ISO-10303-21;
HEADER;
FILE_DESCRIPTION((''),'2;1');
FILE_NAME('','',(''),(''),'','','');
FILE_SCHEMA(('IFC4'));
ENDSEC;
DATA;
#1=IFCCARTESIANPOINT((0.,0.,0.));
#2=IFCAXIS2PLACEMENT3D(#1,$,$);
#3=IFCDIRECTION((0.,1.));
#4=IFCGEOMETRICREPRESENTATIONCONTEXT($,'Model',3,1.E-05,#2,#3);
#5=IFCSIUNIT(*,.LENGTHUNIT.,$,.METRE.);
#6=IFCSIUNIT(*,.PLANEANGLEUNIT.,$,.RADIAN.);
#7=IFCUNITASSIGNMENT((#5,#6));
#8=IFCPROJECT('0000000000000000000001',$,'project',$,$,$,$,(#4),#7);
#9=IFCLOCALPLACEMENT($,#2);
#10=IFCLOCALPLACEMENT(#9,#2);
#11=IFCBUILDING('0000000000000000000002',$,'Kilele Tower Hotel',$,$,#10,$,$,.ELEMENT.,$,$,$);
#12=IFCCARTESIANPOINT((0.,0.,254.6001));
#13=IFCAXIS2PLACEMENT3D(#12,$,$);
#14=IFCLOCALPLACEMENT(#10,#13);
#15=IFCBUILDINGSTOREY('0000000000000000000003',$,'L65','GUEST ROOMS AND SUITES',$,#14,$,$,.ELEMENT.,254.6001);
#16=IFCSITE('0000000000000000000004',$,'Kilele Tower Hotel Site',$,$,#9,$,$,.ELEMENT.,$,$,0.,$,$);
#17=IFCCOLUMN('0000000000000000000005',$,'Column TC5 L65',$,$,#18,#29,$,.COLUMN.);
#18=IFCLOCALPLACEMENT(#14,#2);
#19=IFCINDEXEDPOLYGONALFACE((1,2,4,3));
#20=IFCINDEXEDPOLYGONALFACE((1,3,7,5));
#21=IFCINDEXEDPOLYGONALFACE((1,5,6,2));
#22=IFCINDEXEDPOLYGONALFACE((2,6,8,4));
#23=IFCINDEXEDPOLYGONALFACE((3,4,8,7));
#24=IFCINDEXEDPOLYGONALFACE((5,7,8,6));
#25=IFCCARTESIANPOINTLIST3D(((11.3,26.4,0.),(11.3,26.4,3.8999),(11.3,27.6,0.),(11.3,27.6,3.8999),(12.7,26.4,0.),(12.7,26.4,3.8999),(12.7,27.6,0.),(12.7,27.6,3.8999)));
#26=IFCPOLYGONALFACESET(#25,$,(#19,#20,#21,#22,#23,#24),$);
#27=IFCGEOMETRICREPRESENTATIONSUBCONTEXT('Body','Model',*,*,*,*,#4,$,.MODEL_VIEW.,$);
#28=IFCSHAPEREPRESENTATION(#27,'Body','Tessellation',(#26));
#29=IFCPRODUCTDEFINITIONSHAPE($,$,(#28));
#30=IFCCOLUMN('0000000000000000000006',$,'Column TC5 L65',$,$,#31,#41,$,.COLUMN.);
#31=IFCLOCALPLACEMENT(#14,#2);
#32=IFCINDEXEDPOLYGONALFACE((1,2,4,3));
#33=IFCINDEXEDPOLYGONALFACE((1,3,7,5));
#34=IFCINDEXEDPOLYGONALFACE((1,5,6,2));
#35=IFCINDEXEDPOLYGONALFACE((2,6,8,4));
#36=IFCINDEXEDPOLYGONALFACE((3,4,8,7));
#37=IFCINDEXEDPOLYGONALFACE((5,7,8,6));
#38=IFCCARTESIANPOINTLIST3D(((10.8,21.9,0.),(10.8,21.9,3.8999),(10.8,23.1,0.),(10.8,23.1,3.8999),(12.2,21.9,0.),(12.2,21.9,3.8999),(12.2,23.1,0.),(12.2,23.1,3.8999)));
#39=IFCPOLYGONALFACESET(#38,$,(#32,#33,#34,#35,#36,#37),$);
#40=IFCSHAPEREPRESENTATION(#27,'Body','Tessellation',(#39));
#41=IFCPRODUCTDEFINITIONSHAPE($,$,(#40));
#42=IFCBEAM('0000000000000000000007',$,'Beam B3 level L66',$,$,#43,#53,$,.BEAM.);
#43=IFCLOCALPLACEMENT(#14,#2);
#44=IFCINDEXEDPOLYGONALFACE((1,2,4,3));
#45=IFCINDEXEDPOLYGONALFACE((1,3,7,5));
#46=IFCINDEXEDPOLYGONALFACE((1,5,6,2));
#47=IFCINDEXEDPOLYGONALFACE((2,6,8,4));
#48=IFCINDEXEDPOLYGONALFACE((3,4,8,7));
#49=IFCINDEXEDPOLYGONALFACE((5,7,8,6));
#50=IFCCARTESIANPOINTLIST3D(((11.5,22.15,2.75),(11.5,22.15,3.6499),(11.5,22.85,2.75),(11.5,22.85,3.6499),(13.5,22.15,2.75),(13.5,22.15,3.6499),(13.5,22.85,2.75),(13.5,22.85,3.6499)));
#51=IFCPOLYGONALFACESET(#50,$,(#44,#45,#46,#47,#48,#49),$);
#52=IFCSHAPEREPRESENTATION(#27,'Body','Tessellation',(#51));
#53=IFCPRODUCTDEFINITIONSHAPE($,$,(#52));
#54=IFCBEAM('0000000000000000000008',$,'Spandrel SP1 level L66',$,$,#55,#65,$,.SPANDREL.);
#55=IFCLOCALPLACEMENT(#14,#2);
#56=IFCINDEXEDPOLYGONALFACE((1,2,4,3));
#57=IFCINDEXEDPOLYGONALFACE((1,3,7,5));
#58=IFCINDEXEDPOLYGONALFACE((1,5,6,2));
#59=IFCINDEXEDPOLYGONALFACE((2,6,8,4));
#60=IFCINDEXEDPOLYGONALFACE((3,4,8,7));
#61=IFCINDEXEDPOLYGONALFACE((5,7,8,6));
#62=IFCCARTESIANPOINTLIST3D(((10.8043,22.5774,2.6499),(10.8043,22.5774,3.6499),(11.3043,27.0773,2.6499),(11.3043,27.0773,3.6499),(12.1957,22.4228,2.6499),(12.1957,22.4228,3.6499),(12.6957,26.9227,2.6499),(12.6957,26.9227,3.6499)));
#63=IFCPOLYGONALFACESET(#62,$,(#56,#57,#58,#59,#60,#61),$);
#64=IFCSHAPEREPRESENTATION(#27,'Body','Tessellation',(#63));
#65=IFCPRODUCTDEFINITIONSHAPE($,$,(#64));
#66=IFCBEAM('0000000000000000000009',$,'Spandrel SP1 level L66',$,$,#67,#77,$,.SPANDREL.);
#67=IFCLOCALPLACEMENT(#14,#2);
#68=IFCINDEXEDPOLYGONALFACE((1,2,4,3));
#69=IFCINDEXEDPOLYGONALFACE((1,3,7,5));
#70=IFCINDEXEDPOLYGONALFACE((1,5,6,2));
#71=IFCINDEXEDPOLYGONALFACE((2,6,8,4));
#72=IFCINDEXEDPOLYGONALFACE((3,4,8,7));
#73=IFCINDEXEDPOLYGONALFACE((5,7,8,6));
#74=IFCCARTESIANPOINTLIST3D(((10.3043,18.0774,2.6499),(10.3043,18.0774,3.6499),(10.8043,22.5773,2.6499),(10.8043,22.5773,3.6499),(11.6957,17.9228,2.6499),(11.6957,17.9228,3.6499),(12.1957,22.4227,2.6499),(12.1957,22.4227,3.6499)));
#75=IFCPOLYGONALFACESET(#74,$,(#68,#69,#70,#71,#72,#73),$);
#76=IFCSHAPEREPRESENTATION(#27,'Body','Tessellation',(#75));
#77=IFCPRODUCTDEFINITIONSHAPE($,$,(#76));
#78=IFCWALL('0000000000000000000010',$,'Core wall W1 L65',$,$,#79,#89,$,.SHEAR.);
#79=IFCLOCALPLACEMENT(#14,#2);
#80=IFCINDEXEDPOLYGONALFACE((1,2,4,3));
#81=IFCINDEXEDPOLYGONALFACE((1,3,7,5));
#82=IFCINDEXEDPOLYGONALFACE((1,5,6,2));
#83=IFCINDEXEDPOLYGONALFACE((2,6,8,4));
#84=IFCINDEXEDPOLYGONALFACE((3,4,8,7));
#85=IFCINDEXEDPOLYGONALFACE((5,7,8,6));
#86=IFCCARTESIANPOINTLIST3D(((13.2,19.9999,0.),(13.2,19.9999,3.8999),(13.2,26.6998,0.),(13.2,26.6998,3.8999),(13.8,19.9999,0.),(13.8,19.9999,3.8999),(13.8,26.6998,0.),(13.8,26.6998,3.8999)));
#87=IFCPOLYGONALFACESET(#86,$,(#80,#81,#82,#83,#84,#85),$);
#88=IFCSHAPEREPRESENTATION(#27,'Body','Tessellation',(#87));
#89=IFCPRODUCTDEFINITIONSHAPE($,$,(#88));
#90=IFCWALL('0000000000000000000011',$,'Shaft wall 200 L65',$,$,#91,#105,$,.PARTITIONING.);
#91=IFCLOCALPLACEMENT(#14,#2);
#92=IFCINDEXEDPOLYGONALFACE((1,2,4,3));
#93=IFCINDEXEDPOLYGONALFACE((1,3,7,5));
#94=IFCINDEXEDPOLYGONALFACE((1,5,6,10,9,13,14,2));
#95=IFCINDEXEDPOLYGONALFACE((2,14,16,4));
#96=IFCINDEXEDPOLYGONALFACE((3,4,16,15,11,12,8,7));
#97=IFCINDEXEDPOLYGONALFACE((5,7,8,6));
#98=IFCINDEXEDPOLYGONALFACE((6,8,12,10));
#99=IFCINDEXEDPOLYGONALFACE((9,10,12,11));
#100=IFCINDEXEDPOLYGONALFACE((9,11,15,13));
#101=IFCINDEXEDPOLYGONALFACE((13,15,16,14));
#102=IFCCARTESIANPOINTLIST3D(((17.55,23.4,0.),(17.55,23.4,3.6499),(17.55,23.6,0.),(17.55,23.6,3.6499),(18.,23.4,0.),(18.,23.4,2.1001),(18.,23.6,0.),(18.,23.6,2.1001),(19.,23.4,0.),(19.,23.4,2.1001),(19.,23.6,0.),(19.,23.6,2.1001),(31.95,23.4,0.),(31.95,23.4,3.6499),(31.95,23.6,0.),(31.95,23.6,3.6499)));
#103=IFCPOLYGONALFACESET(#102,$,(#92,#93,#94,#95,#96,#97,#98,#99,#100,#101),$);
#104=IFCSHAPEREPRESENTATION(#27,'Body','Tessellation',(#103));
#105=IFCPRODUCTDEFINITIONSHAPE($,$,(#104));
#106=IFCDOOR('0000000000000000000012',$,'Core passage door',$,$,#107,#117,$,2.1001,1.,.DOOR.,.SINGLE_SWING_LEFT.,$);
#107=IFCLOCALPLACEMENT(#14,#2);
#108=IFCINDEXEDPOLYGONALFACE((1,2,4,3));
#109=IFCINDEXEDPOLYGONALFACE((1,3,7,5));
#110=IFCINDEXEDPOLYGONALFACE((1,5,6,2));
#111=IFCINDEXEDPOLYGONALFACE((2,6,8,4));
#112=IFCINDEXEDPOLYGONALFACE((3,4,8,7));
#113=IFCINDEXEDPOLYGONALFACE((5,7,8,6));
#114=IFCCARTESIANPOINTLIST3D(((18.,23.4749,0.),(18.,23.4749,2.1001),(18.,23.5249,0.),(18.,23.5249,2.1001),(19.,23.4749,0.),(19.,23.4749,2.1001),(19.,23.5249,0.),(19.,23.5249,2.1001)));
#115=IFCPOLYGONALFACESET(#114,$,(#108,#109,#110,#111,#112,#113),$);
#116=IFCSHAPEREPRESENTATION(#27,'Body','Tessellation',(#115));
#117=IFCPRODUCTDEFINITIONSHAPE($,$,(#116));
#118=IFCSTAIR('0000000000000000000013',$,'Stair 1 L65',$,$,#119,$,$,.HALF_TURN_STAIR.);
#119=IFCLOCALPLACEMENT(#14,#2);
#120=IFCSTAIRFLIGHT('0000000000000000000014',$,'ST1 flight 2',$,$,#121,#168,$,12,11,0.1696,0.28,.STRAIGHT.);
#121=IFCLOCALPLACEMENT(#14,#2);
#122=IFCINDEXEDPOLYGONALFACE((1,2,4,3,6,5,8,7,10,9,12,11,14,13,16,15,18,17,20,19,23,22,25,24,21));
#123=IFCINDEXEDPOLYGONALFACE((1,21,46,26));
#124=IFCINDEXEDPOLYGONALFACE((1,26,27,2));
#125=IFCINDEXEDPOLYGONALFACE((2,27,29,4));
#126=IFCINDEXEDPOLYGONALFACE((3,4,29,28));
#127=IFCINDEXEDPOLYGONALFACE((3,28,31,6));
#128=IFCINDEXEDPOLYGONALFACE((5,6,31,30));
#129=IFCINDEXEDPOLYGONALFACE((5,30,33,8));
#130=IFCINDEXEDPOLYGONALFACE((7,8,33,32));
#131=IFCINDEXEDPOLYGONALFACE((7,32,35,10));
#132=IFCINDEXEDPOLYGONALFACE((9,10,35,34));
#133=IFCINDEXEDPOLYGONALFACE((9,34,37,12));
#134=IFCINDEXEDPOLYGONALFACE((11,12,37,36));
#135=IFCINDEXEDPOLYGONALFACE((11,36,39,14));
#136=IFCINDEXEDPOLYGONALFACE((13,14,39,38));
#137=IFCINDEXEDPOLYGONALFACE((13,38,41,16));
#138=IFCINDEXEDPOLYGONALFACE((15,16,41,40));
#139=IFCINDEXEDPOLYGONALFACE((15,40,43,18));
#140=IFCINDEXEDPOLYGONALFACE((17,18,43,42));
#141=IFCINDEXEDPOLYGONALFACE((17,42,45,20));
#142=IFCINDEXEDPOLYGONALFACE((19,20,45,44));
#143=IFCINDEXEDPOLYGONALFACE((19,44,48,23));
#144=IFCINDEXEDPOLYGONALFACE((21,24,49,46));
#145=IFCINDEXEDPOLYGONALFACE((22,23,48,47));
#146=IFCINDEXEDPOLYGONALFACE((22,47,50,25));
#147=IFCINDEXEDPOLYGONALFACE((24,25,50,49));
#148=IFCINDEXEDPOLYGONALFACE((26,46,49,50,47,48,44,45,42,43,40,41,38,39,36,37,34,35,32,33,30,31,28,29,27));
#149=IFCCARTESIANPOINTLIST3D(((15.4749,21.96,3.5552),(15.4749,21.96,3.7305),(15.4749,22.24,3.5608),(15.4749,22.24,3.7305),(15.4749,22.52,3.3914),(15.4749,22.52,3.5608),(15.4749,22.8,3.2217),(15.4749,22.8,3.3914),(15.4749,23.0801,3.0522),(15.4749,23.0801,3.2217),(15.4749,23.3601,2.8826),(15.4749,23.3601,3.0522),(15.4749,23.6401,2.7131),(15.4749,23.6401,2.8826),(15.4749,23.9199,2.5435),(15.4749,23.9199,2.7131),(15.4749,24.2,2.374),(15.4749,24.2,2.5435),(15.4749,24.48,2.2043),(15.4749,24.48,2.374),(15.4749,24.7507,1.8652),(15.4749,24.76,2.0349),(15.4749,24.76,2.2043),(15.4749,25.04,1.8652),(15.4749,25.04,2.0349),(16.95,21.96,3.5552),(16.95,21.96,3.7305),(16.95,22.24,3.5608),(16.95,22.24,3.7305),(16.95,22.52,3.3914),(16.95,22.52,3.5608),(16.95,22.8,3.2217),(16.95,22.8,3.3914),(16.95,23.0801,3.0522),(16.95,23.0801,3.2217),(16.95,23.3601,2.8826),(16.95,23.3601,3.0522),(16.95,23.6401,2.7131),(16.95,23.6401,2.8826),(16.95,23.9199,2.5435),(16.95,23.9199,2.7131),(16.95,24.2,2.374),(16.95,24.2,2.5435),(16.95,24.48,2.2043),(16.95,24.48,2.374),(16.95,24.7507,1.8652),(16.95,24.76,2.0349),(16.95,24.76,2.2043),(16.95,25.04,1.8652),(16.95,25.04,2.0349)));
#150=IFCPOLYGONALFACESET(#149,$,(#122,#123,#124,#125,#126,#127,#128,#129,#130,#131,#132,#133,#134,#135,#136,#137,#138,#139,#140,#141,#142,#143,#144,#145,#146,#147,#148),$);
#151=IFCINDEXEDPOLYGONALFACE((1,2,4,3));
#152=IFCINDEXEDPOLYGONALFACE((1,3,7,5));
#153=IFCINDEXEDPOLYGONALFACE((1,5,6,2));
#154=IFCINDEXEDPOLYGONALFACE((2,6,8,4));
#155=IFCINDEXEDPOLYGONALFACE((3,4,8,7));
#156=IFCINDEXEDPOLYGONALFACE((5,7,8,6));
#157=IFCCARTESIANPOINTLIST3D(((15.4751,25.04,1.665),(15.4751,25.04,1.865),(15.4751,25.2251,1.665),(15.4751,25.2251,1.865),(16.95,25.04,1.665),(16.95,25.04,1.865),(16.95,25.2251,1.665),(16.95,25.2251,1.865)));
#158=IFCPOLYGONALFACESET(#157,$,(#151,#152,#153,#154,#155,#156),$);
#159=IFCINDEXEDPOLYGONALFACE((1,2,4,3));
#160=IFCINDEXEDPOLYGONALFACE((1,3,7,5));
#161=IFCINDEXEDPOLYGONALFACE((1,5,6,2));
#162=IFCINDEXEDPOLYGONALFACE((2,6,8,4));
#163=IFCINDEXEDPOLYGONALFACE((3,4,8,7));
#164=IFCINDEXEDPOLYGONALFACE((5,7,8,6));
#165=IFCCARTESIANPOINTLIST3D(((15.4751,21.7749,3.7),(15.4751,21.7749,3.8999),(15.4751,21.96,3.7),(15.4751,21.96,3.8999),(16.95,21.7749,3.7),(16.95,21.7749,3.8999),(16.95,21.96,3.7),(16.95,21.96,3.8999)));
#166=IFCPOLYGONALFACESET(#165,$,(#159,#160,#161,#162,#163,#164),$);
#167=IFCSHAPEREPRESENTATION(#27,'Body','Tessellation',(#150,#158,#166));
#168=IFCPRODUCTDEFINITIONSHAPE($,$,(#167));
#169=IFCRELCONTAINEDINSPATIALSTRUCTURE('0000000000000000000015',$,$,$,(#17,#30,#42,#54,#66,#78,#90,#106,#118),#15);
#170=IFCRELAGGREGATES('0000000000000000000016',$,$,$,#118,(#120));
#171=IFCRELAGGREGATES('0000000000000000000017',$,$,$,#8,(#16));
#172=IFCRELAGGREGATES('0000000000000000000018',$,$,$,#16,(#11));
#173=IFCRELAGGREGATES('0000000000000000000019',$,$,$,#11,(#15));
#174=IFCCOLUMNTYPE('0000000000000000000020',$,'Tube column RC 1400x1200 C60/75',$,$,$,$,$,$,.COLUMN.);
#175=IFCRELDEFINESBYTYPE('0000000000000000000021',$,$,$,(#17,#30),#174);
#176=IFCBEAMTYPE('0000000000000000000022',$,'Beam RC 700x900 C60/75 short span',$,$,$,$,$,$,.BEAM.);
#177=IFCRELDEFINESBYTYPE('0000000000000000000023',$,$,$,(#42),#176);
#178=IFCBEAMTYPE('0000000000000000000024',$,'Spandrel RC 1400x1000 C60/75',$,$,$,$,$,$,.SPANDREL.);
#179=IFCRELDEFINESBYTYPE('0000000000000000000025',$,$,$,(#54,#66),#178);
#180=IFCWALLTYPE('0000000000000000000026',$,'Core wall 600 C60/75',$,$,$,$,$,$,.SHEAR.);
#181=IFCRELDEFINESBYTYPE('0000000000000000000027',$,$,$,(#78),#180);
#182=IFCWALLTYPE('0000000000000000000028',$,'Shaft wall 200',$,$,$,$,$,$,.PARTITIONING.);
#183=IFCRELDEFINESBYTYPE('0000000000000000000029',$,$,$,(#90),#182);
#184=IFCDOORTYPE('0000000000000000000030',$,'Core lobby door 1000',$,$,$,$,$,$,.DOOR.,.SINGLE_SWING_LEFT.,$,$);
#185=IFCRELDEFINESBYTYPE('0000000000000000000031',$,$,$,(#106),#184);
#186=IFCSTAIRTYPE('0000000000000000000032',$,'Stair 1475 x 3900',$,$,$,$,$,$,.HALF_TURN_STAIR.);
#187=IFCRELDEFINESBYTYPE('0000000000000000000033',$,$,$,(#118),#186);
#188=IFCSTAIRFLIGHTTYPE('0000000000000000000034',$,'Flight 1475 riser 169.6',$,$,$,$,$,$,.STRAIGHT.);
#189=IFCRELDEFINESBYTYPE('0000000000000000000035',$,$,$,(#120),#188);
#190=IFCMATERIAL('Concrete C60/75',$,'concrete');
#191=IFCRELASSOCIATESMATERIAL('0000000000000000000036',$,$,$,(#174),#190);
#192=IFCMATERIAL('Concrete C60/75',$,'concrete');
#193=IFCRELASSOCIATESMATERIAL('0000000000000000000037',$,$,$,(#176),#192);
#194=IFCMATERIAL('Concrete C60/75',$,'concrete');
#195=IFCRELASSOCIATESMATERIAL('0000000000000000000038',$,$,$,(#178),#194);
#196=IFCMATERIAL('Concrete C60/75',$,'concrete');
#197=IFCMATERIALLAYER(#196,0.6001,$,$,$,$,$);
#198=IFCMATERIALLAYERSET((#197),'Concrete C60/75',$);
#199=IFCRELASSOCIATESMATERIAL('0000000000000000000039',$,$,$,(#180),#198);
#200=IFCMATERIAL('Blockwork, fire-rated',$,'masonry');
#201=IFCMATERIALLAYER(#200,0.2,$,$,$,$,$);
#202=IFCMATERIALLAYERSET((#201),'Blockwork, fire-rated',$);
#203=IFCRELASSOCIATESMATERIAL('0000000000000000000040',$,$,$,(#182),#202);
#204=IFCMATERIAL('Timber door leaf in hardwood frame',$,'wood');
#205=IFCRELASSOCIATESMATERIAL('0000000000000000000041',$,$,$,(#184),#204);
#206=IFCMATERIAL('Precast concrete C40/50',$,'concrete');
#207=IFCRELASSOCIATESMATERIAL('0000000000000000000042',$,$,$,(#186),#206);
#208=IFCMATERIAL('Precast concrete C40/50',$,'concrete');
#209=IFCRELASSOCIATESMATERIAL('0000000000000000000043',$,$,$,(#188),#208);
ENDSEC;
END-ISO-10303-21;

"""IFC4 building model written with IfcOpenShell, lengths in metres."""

from ifc_helpers import new_model, si_unit, direction, frame, frame_2d, origin, origin_2d, place, context, subcontext, project, spatial, polyline, rectangle, outline, extrude, material, layer, layer_set, material_profile, profile_set, type_object, element, fill, aggregate, save


model = new_model("IFC4")

# Units and contexts
model_context = context("Model", 3, precision=1e-05, world=origin(), true_north=direction((0.0, 1.0)))
body_context = subcontext(model_context, "Body", "Model", "MODEL_VIEW")
ifc_project = project(units=[si_unit("LENGTHUNIT", "METRE"), si_unit("PLANEANGLEUNIT", "RADIAN")], contexts=[model_context])

# Site, building, storey
site_placement = place(None, origin())
site = spatial("IfcSite", under=ifc_project, at=site_placement, Name="Kilele Tower Hotel Site", CompositionType="ELEMENT", RefElevation=0.0)
building_placement = place(site_placement, origin())
building = spatial("IfcBuilding", under=site, at=building_placement, Name="Kilele Tower Hotel", CompositionType="ELEMENT")
storey_placement = place(building_placement, frame((0.0, 0.0, 254.6001)))
storey = spatial("IfcBuildingStorey", under=building, at=storey_placement, Name="L65", Description="GUEST ROOMS AND SUITES", CompositionType="ELEMENT", Elevation=254.6001)

# Columns
ifc_material_1 = material(Name="Concrete C60/75", Category="concrete")
ifc_material_profile_1 = material_profile(ifc_material_1, rectangle(XDim=1.3999, YDim=1.2, at=origin_2d()))
ifc_profile_set_1 = profile_set([ifc_material_profile_1], Name="Concrete C60/75")
column_type = type_object("IfcColumnType", Name="Tube column RC 1400x1200 C60/75", PredefinedType="COLUMN", material=ifc_profile_set_1)
for number, where, z_axis, x_axis, name in (
    (1, (12.0, 27.0, 0.0), (0.0, 0.0, 1.0), (1.0, 0.0, 0.0), "Column TC5 L65"),
    (2, (11.5, 22.5, 0.0), (0.0, 0.0, 1.0), (1.0, 0.0, 0.0), "Column TC5 L65"),
):
    element("IfcColumn", number, at=place(storey_placement, frame(where, z_axis=z_axis, x_axis=x_axis)), inside=storey, type_object=column_type, Name=name, PredefinedType="COLUMN", context=body_context, shape_type="SweptSolid", body=[
        extrude(rectangle(XDim=1.3999, YDim=1.2, at=origin_2d()), origin(), (0.0, 0.0, 1.0), 3.8999),
    ])

# Beams
ifc_material_2 = material(Name="Concrete C60/75", Category="concrete")
ifc_material_profile_2 = material_profile(ifc_material_2, rectangle(XDim=0.7, YDim=0.8999, at=origin_2d()))
ifc_profile_set_2 = profile_set([ifc_material_profile_2], Name="Concrete C60/75")
beam_type_1 = type_object("IfcBeamType", Name="Beam RC 700x900 C60/75 short span", PredefinedType="BEAM", material=ifc_profile_set_2)
beam_placement = place(storey_placement, frame((11.5, 22.5, 3.2), z_axis=(1.0, 0.0, 0.0), x_axis=(0.0, 1.0, 0.0)))
element("IfcBeam", 3, at=beam_placement, inside=storey, type_object=beam_type_1, Name="Beam B3 level L66", PredefinedType="BEAM", context=body_context, shape_type="SweptSolid", body=[
    extrude(rectangle(XDim=0.7, YDim=0.8999, at=origin_2d()), origin(), (0.0, 0.0, 1.0), 2.0),
])
ifc_material_3 = material(Name="Concrete C60/75", Category="concrete")
ifc_material_profile_3 = material_profile(ifc_material_3, rectangle(XDim=1.3999, YDim=1.0, at=origin_2d()))
ifc_profile_set_3 = profile_set([ifc_material_profile_3], Name="Concrete C60/75")
beam_type_2 = type_object("IfcBeamType", Name="Spandrel RC 1400x1000 C60/75", PredefinedType="SPANDREL", material=ifc_profile_set_3)
for number, where, z_axis, x_axis, name in (
    (4, (12.0, 27.0, 3.1499), (-0.110432, -0.993884, 0.0), (0.993884, -0.110432, 0.0), "Spandrel SP1 level L66"),
    (5, (11.5, 22.5, 3.1499), (-0.110432, -0.993884, 0.0), (0.993884, -0.110432, 0.0), "Spandrel SP1 level L66"),
):
    element("IfcBeam", number, at=place(storey_placement, frame(where, z_axis=z_axis, x_axis=x_axis)), inside=storey, type_object=beam_type_2, Name=name, PredefinedType="SPANDREL", context=body_context, shape_type="SweptSolid", body=[
        extrude(rectangle(XDim=1.3999, YDim=1.0, at=origin_2d()), origin(), (0.0, 0.0, 1.0), 4.5276),
    ])

# Wall
ifc_material_4 = material(Name="Concrete C60/75", Category="concrete")
ifc_layer_1 = layer(ifc_material_4, 0.6001)
ifc_layer_set_1 = layer_set([ifc_layer_1], Name="Concrete C60/75")
wall_type_1 = type_object("IfcWallType", Name="Core wall 600 C60/75", PredefinedType="SHEAR", material=ifc_layer_set_1)
wall_1_placement = place(storey_placement, frame((13.5, 26.7, 0.0), z_axis=(0.0, 0.0, 1.0), x_axis=(0.0, -1.0, 0.0)))
element("IfcWall", 6, at=wall_1_placement, inside=storey, type_object=wall_type_1, Name="Core wall W1 L65", PredefinedType="SHEAR", context=body_context, shape_type="SweptSolid", body=[
    extrude(rectangle(XDim=6.7, YDim=0.6001, at=frame_2d((3.3501, 0.0))), origin(), (0.0, 0.0, 1.0), 3.8999),
])

# Wall, opening, door
ifc_material_5 = material(Name="Blockwork, fire-rated", Category="masonry")
ifc_layer_2 = layer(ifc_material_5, 0.2)
ifc_layer_set_2 = layer_set([ifc_layer_2], Name="Blockwork, fire-rated")
wall_type_2 = type_object("IfcWallType", Name="Shaft wall 200", PredefinedType="PARTITIONING", material=ifc_layer_set_2)
wall_2_placement = place(storey_placement, frame((17.55, 23.5, 0.0), z_axis=(0.0, 0.0, 1.0), x_axis=(1.0, 0.0, 0.0)))
wall_2 = element("IfcWall", 7, at=wall_2_placement, inside=storey, type_object=wall_type_2, Name="Shaft wall 200 L65", PredefinedType="PARTITIONING", context=body_context, shape_type="SweptSolid", body=[
    extrude(rectangle(XDim=14.3999, YDim=0.2, at=frame_2d((7.2, 0.0))), origin(), (0.0, 0.0, 1.0), 3.6499),
])
opening_placement = place(wall_2_placement, frame((0.45, 0.0, 0.0)))
opening = element("IfcOpeningElement", 8, at=opening_placement, cuts=wall_2, PredefinedType="OPENING", context=body_context, shape_type="SweptSolid", body=[
    extrude(rectangle(XDim=1.0, YDim=2.1001, at=frame_2d((0.5, 1.05))), frame((0.0, 0.1099, 0.0), z_axis=(0.0, -1.0, 0.0), x_axis=(1.0, 0.0, 0.0)), (0.0, 0.0, 1.0), 0.22),
])
ifc_material_6 = material(Name="Timber door leaf in hardwood frame", Category="wood")
door_type = type_object("IfcDoorType", Name="Core lobby door 1000", OperationType="SINGLE_SWING_LEFT", PredefinedType="DOOR", material=ifc_material_6)
door_placement = place(opening_placement, origin())
door = element("IfcDoor", 9, at=door_placement, inside=storey, type_object=door_type, Name="Core passage door", OperationType="SINGLE_SWING_LEFT", OverallHeight=2.1001, OverallWidth=1.0, PredefinedType="DOOR", context=body_context, shape_type="SweptSolid", body=[
    extrude(rectangle(XDim=1.0, YDim=2.1001, at=frame_2d((0.5, 1.05))), frame((0.0, 0.0249, 0.0), z_axis=(0.0, -1.0, 0.0), x_axis=(1.0, 0.0, 0.0)), (0.0, 0.0, 1.0), 0.05),
])
fill(opening, door)

# Stair, stair flight
ifc_material_7 = material(Name="Precast concrete C40/50", Category="concrete")
stair_type = type_object("IfcStairType", Name="Stair 1475 x 3900", PredefinedType="HALF_TURN_STAIR", material=ifc_material_7)
stair_placement = place(storey_placement, origin())
stair = element("IfcStair", 10, at=stair_placement, inside=storey, type_object=stair_type, Name="Stair 1 L65", PredefinedType="HALF_TURN_STAIR")
ifc_material_8 = material(Name="Precast concrete C40/50", Category="concrete")
stair_flight_type = type_object("IfcStairFlightType", Name="Flight 1475 riser 169.6", PredefinedType="STRAIGHT", material=ifc_material_8)
stair_flight_placement = place(storey_placement, frame((16.2124, 25.04, 1.8652), z_axis=(0.0, 0.0, 1.0), x_axis=(0.0, -1.0, 0.0)))
stair_flight = element("IfcStairFlight", 11, at=stair_flight_placement, type_object=stair_flight_type, Name="ST1 flight 2", NumberOfRisers=12, NumberOfTreads=11, PredefinedType="STRAIGHT", RiserHeight=0.1696, TreadLength=0.28, context=body_context, shape_type="SweptSolid", body=[
    extrude(outline(polyline([(0.0, 0.0), (0.0, 0.1697), (0.28, 0.1697), (0.28, 0.3391), (0.5601, 0.3391), (0.5601, 0.5088), (0.8401, 0.5088), (0.8401, 0.6782), (1.1201, 0.6782), (1.1201, 0.8479), (1.3999, 0.8479), (1.3999, 1.0173), (1.6799, 1.0173), (1.6799, 1.187), (1.96, 1.187), (1.96, 1.3564), (2.24, 1.3564), (2.24, 1.5261), (2.52, 1.5261), (2.52, 1.6956), (2.8, 1.6956), (2.8, 1.8652), (3.0801, 1.8652), (3.0801, 2.0347), (3.0801, 1.6899), (0.2893, 0.0), (0.0, 0.0)])), frame((0.0, 0.7375, 0.0), z_axis=(0.0, -1.0, 0.0), x_axis=(1.0, 0.0, 0.0)), (0.0, 0.0, 1.0), 1.4751),
    extrude(outline(polyline([(0.0, -0.7373), (0.0, 0.7375), (-0.1851, 0.7375), (-0.1851, -0.7373), (0.0, -0.7373)])), frame((0.0, 0.0, -0.2002)), (0.0, 0.0, 1.0), 0.2),
    extrude(outline(polyline([(3.2651, -0.7373), (3.2651, 0.7375), (3.0801, 0.7375), (3.0801, -0.7373), (3.2651, -0.7373)])), frame((0.0, 0.0, 1.8347)), (0.0, 0.0, 1.0), 0.2),
])
aggregate(stair, [stair_flight])

save(model, "model.ifc")
